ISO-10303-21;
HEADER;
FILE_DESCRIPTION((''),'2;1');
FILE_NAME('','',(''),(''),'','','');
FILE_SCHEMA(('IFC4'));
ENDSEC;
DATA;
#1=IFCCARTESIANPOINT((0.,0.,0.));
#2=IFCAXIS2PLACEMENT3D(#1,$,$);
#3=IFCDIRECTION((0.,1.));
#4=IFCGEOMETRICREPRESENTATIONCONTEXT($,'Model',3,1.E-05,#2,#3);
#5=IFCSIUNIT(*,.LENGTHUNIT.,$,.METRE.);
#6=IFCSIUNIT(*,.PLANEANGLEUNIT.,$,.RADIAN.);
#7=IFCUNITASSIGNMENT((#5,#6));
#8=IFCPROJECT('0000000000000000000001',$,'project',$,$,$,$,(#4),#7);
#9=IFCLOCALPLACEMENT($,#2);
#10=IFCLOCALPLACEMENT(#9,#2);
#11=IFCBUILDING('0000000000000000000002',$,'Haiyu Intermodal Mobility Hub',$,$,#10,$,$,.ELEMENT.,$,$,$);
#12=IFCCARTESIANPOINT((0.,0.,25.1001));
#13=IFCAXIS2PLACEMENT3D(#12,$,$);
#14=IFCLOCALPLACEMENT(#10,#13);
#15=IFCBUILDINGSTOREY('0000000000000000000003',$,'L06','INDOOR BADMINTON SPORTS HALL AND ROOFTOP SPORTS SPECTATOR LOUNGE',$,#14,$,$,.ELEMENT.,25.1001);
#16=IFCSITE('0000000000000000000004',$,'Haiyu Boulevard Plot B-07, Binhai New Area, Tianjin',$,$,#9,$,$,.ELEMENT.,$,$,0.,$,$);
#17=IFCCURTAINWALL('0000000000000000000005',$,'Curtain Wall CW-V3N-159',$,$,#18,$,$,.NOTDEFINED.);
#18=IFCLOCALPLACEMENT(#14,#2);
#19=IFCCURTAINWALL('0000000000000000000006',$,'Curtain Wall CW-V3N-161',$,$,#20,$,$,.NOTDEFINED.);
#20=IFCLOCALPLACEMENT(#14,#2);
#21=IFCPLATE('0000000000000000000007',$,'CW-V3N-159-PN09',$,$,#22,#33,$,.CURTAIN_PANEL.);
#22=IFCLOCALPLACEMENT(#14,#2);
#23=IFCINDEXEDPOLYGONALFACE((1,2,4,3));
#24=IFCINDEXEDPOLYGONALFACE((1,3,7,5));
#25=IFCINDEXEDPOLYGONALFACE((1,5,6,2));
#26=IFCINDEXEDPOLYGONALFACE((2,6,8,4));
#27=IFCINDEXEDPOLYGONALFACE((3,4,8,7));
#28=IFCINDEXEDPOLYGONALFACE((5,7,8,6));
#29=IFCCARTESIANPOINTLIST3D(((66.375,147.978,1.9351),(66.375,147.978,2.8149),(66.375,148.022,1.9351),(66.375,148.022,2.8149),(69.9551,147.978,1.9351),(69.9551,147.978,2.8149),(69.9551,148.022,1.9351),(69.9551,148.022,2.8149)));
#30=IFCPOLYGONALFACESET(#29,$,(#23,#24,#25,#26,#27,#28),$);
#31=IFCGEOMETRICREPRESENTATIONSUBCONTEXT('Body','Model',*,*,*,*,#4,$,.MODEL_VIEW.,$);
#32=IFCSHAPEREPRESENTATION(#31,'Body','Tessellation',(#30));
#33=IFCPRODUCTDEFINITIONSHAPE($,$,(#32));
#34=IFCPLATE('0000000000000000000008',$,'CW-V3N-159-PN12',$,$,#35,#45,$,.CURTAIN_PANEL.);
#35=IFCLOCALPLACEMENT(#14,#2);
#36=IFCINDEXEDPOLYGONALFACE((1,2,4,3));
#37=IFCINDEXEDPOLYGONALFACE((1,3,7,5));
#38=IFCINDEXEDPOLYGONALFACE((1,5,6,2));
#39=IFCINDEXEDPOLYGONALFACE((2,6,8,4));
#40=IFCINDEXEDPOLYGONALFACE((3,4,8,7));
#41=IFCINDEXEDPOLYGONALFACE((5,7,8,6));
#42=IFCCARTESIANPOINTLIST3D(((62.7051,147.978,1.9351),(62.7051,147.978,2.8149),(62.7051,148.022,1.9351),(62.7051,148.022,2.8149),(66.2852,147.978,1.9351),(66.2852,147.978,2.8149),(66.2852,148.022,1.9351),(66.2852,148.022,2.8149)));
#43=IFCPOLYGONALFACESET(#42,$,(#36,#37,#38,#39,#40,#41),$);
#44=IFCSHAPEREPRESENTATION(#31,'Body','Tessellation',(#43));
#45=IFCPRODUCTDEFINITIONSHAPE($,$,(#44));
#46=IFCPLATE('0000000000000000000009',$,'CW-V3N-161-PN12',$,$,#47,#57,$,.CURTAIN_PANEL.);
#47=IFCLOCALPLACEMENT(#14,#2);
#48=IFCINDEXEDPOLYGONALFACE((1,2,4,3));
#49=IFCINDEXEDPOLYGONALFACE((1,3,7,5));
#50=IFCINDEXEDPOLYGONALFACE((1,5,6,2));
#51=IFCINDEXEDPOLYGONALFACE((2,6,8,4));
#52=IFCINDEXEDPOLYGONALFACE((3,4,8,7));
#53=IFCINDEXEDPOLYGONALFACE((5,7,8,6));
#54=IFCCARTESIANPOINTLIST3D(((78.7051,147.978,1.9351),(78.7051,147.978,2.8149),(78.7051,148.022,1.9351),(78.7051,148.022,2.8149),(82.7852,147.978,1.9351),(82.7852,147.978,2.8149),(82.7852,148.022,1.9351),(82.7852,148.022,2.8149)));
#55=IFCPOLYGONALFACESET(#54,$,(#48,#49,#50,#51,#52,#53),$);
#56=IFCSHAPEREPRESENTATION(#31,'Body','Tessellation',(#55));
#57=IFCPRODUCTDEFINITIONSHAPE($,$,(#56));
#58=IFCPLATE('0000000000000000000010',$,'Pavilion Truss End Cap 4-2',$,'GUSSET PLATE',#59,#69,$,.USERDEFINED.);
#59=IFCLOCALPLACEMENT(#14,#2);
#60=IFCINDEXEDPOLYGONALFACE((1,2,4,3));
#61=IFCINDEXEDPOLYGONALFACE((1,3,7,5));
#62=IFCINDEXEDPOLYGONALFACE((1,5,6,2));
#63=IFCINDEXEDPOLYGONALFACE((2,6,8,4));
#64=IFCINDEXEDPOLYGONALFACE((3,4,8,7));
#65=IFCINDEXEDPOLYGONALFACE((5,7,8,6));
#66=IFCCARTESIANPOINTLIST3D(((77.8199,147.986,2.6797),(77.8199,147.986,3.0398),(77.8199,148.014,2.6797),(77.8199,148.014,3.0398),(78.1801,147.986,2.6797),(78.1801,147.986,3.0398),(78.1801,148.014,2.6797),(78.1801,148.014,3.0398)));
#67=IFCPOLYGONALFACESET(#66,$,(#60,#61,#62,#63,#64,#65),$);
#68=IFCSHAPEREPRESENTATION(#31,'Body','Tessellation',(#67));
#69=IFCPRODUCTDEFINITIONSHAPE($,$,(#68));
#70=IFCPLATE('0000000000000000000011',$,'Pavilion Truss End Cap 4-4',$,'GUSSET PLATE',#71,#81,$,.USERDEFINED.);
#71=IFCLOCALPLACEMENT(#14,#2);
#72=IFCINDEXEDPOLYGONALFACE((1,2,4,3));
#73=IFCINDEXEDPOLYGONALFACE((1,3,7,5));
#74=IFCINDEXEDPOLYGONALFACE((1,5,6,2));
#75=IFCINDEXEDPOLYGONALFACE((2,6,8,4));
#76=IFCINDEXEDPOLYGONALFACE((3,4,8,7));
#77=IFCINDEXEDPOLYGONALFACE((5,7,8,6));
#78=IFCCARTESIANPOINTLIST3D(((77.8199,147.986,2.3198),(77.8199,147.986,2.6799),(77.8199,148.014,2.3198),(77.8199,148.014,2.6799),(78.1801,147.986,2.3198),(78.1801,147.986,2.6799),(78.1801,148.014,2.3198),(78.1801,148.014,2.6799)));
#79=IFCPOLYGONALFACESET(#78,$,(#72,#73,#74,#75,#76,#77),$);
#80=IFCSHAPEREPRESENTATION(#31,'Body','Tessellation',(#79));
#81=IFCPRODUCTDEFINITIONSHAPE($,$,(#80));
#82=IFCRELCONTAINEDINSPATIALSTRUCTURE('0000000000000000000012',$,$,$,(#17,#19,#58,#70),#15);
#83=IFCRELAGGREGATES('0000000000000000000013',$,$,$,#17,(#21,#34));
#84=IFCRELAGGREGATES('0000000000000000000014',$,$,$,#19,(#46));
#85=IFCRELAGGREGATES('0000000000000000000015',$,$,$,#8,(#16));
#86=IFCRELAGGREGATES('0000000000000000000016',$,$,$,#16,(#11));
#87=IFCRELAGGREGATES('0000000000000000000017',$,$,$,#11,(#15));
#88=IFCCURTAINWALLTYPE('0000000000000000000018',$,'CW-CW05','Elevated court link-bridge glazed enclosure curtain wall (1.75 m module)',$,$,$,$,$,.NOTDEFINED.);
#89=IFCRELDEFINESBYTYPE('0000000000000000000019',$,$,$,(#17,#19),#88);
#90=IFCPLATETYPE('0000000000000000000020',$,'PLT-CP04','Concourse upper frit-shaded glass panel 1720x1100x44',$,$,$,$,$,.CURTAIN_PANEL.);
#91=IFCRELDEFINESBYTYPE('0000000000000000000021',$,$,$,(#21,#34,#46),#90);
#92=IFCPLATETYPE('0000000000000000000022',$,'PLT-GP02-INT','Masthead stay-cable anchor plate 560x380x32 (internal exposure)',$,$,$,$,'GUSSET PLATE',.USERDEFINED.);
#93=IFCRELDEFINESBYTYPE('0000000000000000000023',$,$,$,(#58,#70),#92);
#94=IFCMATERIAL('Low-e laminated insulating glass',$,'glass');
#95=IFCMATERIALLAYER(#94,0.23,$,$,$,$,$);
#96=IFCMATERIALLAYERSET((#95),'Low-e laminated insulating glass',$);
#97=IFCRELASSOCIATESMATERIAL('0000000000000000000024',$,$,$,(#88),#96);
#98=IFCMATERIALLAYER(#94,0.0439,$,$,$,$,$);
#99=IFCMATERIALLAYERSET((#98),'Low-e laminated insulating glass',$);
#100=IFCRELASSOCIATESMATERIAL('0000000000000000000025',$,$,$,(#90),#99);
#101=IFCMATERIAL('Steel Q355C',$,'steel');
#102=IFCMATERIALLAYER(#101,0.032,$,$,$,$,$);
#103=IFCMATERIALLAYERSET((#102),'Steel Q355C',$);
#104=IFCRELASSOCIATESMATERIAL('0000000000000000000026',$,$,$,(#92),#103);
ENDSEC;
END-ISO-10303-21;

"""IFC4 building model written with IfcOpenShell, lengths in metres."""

from ifc_helpers import new_model, si_unit, direction, frame, origin, origin_2d, place, context, subcontext, project, spatial, rectangle, extrude, material, layer, layer_set, type_object, element, aggregate, save


model = new_model("IFC4")

# Units and contexts
model_context = context("Model", 3, precision=1e-05, world=origin(), true_north=direction((0.0, 1.0)))
body_context = subcontext(model_context, "Body", "Model", "MODEL_VIEW")
ifc_project = project(units=[si_unit("LENGTHUNIT", "METRE"), si_unit("PLANEANGLEUNIT", "RADIAN")], contexts=[model_context])

# Site, building, storey
site_placement = place(None, origin())
site = spatial("IfcSite", under=ifc_project, at=site_placement, Name="Haiyu Boulevard Plot B-07, Binhai New Area, Tianjin", CompositionType="ELEMENT", RefElevation=0.0)
building_placement = place(site_placement, origin())
building = spatial("IfcBuilding", under=site, at=building_placement, Name="Haiyu Intermodal Mobility Hub", CompositionType="ELEMENT")
storey_placement = place(building_placement, frame((0.0, 0.0, 25.1001)))
storey = spatial("IfcBuildingStorey", under=building, at=storey_placement, Name="L06", Description="INDOOR BADMINTON SPORTS HALL AND ROOFTOP SPORTS SPECTATOR LOUNGE", CompositionType="ELEMENT", Elevation=25.1001)

# Shared definitions
ifc_material_1 = material(Name="Steel Q355C", Category="steel")

# Curtain wall
ifc_material_2 = material(Name="Low-e laminated insulating glass", Category="glass")
ifc_layer_1 = layer(ifc_material_2, 0.23)
ifc_layer_set_1 = layer_set([ifc_layer_1], Name="Low-e laminated insulating glass")
curtain_wall_type = type_object("IfcCurtainWallType", Name="CW-CW05", Description="Elevated court link-bridge glazed enclosure curtain wall (1.75 m module)", PredefinedType="NOTDEFINED", material=ifc_layer_set_1)
curtain_wall_1_placement = place(storey_placement, origin())
curtain_wall_1 = element("IfcCurtainWall", 1, at=curtain_wall_1_placement, inside=storey, type_object=curtain_wall_type, Name="Curtain Wall CW-V3N-159", PredefinedType="NOTDEFINED")

# Curtain wall
curtain_wall_2_placement = place(storey_placement, origin())
curtain_wall_2 = element("IfcCurtainWall", 2, at=curtain_wall_2_placement, inside=storey, type_object=curtain_wall_type, Name="Curtain Wall CW-V3N-161", PredefinedType="NOTDEFINED")

# Plates
ifc_layer_2 = layer(ifc_material_2, 0.0439)
ifc_layer_set_2 = layer_set([ifc_layer_2], Name="Low-e laminated insulating glass")
plate_type_1 = type_object("IfcPlateType", Name="PLT-CP04", Description="Concourse upper frit-shaded glass panel 1720x1100x44", PredefinedType="CURTAIN_PANEL", material=ifc_layer_set_2)
plate_1_placement = place(storey_placement, frame((68.165, 148.0, 1.9351), z_axis=(0.0, 0.0, 1.0), x_axis=(-1.0, 0.0, 0.0)))
plate_1 = element("IfcPlate", 3, at=plate_1_placement, type_object=plate_type_1, Name="CW-V3N-159-PN09", PredefinedType="CURTAIN_PANEL", context=body_context, shape_type="SweptSolid", body=[
    extrude(rectangle(XDim=3.5801, YDim=0.0439, at=origin_2d()), origin(), (0.0, 0.0, 1.0), 0.8799),
])
plate_2_placement = place(storey_placement, frame((64.4951, 148.0, 1.9351), z_axis=(0.0, 0.0, 1.0), x_axis=(-1.0, 0.0, 0.0)))
plate_2 = element("IfcPlate", 4, at=plate_2_placement, type_object=plate_type_1, Name="CW-V3N-159-PN12", PredefinedType="CURTAIN_PANEL", context=body_context, shape_type="SweptSolid", body=[
    extrude(rectangle(XDim=3.5801, YDim=0.0439, at=origin_2d()), origin(), (0.0, 0.0, 1.0), 0.8799),
])
aggregate(curtain_wall_1, [plate_1, plate_2])
plate_3_placement = place(storey_placement, frame((80.7451, 148.0, 1.9351), z_axis=(0.0, 0.0, 1.0), x_axis=(-1.0, 0.0, 0.0)))
plate_3 = element("IfcPlate", 5, at=plate_3_placement, type_object=plate_type_1, Name="CW-V3N-161-PN12", PredefinedType="CURTAIN_PANEL", context=body_context, shape_type="SweptSolid", body=[
    extrude(rectangle(XDim=4.0801, YDim=0.0439, at=origin_2d()), origin(), (0.0, 0.0, 1.0), 0.8799),
])
aggregate(curtain_wall_2, [plate_3])

# Plates
ifc_layer_3 = layer(ifc_material_1, 0.032)
ifc_layer_set_3 = layer_set([ifc_layer_3], Name="Steel Q355C")
plate_type_2 = type_object("IfcPlateType", Name="PLT-GP02-INT", Description="Masthead stay-cable anchor plate 560x380x32 (internal exposure)", ElementType="GUSSET PLATE", PredefinedType="USERDEFINED", material=ifc_layer_set_3)
for number, where, z_axis, x_axis, name in (
    (6, (78.0, 148.0, 2.6797), (0.0, 0.0, 1.0), (1.0, 0.0, 0.0), "Pavilion Truss End Cap 4-2"),
    (7, (78.0, 148.0, 2.3198), (0.0, 0.0, 1.0), (1.0, 0.0, 0.0), "Pavilion Truss End Cap 4-4"),
):
    element("IfcPlate", number, at=place(storey_placement, frame(where, z_axis=z_axis, x_axis=x_axis)), inside=storey, type_object=plate_type_2, Name=name, ObjectType="GUSSET PLATE", PredefinedType="USERDEFINED", context=body_context, shape_type="SweptSolid", body=[
        extrude(rectangle(XDim=0.3601, YDim=0.0281, at=origin_2d()), origin(), (0.0, 0.0, 1.0), 0.3601),
    ])

save(model, "model.ifc")
